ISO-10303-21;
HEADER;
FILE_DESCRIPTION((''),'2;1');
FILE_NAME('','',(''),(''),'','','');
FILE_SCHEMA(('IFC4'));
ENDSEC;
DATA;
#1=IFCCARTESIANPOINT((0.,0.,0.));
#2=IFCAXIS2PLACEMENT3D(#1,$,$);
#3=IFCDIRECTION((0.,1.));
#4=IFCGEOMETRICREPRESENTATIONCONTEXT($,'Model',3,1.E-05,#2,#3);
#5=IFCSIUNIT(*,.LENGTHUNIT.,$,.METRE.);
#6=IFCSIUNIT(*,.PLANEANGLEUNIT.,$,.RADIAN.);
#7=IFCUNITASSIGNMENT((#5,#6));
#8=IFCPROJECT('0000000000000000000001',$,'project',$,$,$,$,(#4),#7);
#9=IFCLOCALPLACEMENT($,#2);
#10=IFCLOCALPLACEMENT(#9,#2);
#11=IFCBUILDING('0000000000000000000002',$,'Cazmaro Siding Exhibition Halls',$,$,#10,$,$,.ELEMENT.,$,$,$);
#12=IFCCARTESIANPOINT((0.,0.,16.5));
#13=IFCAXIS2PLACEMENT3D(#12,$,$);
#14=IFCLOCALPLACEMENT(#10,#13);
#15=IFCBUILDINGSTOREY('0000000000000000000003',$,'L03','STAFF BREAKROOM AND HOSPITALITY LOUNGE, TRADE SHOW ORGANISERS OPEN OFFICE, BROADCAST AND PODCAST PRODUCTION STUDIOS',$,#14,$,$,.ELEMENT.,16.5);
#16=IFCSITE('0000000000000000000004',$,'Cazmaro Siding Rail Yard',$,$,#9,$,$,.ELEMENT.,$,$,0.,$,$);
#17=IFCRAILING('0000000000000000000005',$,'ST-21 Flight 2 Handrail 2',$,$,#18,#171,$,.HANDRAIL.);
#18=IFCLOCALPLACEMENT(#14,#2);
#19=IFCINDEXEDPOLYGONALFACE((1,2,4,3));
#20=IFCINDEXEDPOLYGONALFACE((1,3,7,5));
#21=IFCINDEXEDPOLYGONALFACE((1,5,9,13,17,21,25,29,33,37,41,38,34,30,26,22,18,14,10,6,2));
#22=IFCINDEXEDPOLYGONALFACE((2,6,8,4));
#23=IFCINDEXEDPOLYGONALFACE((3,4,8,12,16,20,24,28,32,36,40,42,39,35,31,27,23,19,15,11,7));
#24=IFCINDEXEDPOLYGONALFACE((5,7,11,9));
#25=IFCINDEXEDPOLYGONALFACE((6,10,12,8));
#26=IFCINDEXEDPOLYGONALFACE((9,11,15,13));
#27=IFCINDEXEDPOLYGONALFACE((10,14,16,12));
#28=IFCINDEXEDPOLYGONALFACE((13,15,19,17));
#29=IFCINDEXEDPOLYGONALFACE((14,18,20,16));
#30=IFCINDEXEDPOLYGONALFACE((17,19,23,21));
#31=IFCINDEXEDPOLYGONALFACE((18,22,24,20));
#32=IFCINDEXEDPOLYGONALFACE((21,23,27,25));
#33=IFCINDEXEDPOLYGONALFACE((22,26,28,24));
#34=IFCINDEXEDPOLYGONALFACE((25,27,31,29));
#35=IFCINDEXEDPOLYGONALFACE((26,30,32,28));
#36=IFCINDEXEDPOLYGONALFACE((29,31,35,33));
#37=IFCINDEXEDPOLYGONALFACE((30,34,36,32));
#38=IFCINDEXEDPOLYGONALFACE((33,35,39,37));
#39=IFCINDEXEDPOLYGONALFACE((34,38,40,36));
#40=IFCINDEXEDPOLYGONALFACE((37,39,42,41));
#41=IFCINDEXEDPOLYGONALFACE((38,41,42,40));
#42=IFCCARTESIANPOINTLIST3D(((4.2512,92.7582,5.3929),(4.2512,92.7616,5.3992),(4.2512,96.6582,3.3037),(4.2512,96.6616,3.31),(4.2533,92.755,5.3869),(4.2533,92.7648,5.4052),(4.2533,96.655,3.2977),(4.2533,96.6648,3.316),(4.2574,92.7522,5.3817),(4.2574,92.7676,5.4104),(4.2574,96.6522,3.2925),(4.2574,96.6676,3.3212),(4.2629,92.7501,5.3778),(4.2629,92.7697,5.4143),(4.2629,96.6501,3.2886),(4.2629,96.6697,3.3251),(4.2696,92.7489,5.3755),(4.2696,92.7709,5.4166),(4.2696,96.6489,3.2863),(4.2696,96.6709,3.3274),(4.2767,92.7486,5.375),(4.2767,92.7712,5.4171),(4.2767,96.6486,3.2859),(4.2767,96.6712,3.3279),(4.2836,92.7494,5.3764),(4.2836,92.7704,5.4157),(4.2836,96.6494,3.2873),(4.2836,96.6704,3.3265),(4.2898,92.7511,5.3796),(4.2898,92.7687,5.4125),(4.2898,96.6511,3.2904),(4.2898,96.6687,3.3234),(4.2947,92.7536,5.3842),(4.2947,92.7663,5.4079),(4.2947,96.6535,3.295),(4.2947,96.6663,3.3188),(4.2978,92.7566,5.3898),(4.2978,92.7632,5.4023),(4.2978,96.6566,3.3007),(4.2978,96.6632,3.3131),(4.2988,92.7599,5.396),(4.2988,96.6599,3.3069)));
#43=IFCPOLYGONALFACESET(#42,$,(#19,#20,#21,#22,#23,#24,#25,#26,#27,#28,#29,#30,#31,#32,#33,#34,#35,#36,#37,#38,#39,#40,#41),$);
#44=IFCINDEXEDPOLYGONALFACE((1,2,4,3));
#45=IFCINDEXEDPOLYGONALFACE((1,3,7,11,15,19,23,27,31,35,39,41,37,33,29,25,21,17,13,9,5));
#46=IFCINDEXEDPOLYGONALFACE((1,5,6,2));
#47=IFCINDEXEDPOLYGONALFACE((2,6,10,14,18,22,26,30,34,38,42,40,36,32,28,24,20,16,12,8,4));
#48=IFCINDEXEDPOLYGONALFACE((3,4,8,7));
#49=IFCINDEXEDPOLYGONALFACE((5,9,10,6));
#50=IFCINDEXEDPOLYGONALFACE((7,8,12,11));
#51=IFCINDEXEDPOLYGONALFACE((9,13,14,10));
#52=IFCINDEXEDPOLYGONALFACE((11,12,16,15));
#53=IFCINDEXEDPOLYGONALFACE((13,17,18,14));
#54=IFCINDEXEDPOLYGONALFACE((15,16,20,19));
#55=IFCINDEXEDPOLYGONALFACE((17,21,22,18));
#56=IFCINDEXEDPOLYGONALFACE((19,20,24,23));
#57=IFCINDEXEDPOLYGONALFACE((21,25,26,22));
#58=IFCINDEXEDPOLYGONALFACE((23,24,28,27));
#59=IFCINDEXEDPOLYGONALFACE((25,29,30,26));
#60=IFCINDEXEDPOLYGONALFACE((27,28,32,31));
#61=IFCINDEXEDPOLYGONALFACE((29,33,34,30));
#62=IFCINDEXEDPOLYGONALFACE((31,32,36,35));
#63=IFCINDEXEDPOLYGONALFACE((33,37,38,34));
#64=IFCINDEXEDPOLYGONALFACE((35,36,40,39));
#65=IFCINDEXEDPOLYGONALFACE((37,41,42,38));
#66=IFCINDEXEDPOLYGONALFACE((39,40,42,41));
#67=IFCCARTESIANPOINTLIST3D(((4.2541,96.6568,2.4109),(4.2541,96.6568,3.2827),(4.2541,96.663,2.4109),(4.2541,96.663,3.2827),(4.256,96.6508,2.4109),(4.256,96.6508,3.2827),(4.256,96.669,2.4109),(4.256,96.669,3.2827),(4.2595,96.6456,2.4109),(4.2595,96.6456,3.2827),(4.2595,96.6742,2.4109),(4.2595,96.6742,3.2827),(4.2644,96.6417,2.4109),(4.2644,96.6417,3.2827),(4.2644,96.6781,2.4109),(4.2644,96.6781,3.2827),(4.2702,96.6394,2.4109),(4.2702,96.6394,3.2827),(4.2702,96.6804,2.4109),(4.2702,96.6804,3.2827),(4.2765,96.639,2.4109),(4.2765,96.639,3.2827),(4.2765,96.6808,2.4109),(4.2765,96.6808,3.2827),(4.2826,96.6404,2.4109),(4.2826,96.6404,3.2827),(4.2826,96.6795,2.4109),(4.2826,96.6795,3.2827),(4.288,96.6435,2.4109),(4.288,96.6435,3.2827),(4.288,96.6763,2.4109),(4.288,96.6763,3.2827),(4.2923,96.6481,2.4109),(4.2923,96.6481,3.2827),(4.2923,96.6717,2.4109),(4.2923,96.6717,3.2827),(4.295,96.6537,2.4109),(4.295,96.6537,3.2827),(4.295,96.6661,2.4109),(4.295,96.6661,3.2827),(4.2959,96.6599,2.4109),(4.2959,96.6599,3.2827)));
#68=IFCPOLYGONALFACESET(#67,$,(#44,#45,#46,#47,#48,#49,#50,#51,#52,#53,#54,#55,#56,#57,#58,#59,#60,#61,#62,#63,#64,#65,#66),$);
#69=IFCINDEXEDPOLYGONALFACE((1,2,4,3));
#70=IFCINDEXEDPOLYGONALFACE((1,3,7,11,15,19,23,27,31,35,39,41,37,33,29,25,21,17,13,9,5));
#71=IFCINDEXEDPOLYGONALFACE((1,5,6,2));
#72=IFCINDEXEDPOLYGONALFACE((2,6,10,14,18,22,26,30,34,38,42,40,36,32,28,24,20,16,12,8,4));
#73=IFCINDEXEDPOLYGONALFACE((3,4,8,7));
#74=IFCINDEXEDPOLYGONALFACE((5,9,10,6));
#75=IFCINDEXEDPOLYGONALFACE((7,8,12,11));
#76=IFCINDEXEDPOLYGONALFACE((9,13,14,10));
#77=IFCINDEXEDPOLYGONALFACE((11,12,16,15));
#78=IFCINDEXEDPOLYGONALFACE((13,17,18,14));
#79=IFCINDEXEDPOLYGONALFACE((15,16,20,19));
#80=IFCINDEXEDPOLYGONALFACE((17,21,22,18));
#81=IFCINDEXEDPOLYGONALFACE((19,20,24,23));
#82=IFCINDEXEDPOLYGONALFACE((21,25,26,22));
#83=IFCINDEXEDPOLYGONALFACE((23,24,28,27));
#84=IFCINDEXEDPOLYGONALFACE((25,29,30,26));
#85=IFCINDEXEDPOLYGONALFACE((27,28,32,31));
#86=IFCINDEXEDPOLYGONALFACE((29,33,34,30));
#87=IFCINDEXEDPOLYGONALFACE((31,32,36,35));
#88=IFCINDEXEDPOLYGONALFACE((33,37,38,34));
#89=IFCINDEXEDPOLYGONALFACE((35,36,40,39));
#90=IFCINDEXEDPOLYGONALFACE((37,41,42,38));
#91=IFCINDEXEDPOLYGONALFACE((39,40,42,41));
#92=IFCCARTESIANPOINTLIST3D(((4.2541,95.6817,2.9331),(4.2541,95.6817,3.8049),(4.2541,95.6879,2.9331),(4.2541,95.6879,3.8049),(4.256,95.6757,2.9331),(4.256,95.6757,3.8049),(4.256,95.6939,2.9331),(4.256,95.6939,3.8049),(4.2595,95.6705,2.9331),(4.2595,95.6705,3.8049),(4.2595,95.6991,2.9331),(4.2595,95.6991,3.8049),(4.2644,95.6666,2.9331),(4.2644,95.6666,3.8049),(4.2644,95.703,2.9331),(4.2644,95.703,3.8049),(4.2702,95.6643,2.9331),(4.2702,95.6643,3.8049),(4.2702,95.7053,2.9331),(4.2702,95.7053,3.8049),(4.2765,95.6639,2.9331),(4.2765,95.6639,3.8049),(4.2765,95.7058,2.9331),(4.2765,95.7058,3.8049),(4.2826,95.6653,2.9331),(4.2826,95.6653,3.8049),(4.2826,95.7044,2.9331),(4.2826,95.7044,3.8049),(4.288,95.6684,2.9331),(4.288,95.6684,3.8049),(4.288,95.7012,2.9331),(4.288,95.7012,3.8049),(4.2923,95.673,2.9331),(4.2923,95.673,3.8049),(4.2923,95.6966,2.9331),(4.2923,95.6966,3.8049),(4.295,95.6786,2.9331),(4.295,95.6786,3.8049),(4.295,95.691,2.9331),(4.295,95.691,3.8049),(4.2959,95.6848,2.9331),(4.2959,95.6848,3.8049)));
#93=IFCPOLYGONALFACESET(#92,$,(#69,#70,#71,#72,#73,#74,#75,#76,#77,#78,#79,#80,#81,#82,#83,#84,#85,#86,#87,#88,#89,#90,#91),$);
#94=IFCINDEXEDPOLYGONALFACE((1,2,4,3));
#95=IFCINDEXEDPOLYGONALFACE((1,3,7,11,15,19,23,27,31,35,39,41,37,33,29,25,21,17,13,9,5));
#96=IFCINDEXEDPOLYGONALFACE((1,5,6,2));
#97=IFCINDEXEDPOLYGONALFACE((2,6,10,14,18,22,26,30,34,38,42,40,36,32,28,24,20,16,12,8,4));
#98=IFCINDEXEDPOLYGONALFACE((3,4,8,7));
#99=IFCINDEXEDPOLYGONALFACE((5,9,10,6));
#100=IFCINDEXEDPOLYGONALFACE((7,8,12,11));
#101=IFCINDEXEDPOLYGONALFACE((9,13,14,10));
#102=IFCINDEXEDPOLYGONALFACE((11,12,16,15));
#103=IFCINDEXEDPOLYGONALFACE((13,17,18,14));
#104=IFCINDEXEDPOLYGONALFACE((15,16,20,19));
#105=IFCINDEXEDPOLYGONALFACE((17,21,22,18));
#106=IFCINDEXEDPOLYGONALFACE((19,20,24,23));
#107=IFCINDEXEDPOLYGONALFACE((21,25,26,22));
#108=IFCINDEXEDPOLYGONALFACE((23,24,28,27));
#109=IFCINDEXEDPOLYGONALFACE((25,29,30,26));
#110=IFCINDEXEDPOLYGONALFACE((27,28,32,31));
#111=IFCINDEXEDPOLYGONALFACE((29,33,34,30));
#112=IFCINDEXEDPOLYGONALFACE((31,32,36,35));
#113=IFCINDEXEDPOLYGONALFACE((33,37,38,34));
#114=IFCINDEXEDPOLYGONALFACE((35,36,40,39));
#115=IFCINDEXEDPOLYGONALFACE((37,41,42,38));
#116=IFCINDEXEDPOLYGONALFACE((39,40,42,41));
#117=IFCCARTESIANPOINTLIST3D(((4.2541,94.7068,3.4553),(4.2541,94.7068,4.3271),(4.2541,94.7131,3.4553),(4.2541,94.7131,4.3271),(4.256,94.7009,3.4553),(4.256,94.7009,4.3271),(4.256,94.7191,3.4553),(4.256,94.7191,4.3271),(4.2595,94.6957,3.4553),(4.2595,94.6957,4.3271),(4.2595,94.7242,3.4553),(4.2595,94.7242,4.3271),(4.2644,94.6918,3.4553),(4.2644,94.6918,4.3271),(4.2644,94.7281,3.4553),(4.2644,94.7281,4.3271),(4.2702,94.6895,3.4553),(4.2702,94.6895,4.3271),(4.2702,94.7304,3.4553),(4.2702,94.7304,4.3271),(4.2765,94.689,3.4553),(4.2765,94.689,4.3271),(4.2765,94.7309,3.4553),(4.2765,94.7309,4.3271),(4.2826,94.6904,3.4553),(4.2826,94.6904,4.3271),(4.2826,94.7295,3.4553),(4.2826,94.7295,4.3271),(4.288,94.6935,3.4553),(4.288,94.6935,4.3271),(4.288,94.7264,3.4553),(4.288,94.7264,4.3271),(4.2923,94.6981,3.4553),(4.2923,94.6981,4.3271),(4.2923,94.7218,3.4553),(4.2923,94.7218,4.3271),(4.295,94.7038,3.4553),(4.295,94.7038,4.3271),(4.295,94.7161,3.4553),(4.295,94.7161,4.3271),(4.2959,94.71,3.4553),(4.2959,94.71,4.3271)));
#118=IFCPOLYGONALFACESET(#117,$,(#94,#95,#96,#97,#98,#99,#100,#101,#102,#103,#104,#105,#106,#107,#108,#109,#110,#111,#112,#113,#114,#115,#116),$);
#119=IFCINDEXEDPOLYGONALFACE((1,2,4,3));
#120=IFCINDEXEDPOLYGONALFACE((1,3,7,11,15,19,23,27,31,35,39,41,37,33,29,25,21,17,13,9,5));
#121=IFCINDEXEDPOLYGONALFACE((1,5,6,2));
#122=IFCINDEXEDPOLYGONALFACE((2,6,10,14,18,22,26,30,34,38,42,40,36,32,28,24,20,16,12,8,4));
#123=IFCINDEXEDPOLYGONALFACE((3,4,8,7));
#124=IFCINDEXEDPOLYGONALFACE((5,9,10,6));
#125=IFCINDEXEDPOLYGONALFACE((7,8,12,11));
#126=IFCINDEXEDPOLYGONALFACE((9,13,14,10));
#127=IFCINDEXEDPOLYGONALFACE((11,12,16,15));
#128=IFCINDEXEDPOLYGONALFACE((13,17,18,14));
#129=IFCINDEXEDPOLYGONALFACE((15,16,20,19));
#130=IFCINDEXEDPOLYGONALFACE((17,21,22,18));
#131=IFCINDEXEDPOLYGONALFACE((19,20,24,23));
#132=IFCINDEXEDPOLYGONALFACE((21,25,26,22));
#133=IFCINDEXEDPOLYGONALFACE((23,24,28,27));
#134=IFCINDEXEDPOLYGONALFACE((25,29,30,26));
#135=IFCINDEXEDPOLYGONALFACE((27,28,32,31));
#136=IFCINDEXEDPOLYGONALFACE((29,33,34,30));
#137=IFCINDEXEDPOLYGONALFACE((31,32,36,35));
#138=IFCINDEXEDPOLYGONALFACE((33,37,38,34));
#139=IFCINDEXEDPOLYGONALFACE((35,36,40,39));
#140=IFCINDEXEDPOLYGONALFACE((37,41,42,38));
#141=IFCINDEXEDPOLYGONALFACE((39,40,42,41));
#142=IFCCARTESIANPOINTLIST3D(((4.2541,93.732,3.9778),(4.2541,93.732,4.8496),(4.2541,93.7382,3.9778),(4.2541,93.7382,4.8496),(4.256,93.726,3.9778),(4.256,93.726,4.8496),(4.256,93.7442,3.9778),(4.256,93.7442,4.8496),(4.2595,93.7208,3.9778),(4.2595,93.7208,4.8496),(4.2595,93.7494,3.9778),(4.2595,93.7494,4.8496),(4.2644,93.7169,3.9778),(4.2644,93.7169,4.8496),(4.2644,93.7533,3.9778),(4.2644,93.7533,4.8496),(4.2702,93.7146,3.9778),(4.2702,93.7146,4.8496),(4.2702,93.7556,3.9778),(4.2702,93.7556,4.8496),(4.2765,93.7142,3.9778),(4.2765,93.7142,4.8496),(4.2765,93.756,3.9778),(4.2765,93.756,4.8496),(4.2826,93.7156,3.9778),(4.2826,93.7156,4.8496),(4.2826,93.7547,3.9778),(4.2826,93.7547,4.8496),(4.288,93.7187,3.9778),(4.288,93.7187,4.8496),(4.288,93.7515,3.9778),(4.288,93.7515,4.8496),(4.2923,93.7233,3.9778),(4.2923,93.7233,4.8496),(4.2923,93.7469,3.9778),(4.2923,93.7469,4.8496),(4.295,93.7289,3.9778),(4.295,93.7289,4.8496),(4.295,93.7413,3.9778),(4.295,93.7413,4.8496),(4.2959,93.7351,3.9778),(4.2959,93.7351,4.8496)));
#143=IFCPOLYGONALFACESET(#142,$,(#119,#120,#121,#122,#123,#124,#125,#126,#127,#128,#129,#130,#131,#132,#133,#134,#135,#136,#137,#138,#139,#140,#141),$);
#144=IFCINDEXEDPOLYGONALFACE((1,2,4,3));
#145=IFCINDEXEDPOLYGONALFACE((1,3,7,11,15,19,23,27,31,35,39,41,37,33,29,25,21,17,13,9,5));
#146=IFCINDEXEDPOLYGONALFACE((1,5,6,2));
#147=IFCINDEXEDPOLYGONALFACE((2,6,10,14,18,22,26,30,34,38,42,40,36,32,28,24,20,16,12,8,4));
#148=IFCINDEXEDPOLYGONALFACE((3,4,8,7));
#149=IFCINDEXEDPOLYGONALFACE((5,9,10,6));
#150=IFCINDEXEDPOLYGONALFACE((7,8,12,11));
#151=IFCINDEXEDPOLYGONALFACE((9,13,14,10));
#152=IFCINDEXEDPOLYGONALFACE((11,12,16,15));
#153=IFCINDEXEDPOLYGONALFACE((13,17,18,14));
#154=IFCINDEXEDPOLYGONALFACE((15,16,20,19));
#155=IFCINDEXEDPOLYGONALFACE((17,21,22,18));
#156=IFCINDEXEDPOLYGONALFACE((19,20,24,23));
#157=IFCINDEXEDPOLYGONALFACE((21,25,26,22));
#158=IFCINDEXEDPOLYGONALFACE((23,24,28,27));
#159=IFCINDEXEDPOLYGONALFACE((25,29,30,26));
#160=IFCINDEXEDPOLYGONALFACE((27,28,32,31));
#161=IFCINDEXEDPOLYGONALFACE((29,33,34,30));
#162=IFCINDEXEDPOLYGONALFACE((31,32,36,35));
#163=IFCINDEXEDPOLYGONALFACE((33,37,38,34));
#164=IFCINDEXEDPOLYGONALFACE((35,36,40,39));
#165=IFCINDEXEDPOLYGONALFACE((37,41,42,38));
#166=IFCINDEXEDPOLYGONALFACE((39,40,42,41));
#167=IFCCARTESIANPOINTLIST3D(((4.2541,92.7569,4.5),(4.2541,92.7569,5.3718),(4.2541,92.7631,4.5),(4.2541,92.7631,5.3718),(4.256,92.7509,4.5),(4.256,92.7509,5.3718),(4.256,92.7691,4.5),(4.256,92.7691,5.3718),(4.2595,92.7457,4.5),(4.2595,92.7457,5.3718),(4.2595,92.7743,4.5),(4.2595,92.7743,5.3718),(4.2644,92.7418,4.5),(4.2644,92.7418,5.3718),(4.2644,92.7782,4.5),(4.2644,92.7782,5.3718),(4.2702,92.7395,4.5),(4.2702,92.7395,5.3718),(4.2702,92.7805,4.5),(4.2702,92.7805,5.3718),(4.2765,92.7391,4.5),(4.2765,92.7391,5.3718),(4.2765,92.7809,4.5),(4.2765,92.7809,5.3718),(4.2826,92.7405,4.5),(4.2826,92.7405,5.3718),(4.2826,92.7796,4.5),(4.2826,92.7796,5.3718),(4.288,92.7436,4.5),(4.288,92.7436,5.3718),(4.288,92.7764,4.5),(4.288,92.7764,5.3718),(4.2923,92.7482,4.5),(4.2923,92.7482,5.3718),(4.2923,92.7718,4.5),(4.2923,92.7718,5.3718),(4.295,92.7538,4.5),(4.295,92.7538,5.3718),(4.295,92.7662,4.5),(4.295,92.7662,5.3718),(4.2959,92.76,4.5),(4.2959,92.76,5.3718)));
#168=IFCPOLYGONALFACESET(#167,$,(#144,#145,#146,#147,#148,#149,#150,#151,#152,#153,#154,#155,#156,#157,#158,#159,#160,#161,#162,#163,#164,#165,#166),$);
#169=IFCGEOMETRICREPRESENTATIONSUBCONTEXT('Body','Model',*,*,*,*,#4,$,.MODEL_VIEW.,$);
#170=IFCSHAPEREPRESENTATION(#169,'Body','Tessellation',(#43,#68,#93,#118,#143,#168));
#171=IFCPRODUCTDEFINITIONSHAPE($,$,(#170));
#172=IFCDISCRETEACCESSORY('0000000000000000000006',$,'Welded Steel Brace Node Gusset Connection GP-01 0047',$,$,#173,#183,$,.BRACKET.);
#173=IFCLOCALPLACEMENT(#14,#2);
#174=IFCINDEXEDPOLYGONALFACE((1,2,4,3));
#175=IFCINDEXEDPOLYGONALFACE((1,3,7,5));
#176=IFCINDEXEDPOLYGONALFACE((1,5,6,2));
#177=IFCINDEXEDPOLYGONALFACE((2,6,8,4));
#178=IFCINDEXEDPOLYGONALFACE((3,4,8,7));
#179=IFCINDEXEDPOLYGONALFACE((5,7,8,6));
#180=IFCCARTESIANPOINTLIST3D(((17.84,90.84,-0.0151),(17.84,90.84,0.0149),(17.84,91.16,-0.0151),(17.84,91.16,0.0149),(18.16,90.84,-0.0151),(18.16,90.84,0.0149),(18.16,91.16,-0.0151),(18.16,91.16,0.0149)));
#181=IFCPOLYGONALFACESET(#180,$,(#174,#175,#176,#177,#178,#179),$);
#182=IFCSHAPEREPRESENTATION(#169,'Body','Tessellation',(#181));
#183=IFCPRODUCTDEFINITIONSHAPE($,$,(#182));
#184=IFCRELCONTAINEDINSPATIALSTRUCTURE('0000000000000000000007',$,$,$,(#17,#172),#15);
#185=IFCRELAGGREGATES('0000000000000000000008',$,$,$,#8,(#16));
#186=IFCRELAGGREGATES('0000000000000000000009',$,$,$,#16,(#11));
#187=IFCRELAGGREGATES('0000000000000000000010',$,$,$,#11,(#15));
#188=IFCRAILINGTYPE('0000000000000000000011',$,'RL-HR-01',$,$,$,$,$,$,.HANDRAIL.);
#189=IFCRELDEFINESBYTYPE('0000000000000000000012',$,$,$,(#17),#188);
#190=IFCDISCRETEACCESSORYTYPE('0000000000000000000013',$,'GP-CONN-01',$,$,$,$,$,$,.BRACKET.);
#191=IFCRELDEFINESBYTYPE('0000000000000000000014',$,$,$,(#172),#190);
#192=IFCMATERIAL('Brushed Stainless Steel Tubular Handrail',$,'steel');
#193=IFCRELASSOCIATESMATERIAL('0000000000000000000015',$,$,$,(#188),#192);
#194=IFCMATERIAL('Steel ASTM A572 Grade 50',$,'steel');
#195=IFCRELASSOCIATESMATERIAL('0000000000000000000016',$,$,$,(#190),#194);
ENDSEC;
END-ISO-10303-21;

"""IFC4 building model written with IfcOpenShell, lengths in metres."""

from ifc_helpers import new_model, si_unit, direction, frame, origin, origin_2d, place, context, subcontext, project, spatial, rectangle, circle, extrude, material, type_object, element, save


model = new_model("IFC4")

# Units and contexts
model_context = context("Model", 3, precision=1e-05, world=origin(), true_north=direction((0.0, 1.0)))
body_context = subcontext(model_context, "Body", "Model", "MODEL_VIEW")
ifc_project = project(units=[si_unit("LENGTHUNIT", "METRE"), si_unit("PLANEANGLEUNIT", "RADIAN")], contexts=[model_context])

# Site, building, storey
site_placement = place(None, origin())
site = spatial("IfcSite", under=ifc_project, at=site_placement, Name="Cazmaro Siding Rail Yard", CompositionType="ELEMENT", RefElevation=0.0)
building_placement = place(site_placement, origin())
building = spatial("IfcBuilding", under=site, at=building_placement, Name="Cazmaro Siding Exhibition Halls", CompositionType="ELEMENT")
storey_placement = place(building_placement, frame((0.0, 0.0, 16.5)))
storey = spatial("IfcBuildingStorey", under=building, at=storey_placement, Name="L03", Description="STAFF BREAKROOM AND HOSPITALITY LOUNGE, TRADE SHOW ORGANISERS OPEN OFFICE, BROADCAST AND PODCAST PRODUCTION STUDIOS", CompositionType="ELEMENT", Elevation=16.5)

# Railing
ifc_material_1 = material(Name="Brushed Stainless Steel Tubular Handrail", Category="steel")
railing_type = type_object("IfcRailingType", Name="RL-HR-01", PredefinedType="HANDRAIL", material=ifc_material_1)
railing_placement = place(storey_placement, frame((4.2749, 96.6599, 2.4109)))
element("IfcRailing", 1, at=railing_placement, inside=storey, type_object=railing_type, Name="ST-21 Flight 2 Handrail 2", PredefinedType="HANDRAIL", context=body_context, shape_type="SweptSolid", body=[
    extrude(circle(Radius=0.0239, at=origin_2d()), frame((0.0, 0.0, 0.896), z_axis=(0.0, -0.881491, 0.4722), x_axis=(1.0, 0.0, 0.0)), (0.0, 0.0, 1.0), 4.4243),
    extrude(circle(Radius=0.021, at=origin_2d()), origin(), (0.0, 0.0, 1.0), 0.8718),
    extrude(circle(Radius=0.021, at=origin_2d()), frame((0.0, -0.9751, 0.5222)), (0.0, 0.0, 1.0), 0.8718),
    extrude(circle(Radius=0.021, at=origin_2d()), frame((0.0, -1.95, 1.0444)), (0.0, 0.0, 1.0), 0.8718),
    extrude(circle(Radius=0.021, at=origin_2d()), frame((0.0, -2.9248, 1.5669)), (0.0, 0.0, 1.0), 0.8718),
    extrude(circle(Radius=0.021, at=origin_2d()), frame((0.0, -3.8999, 2.0891)), (0.0, 0.0, 1.0), 0.8718),
])

# Discrete accessory
ifc_material_2 = material(Name="Steel ASTM A572 Grade 50", Category="steel")
discrete_accessory_type = type_object("IfcDiscreteAccessoryType", Name="GP-CONN-01", PredefinedType="BRACKET", material=ifc_material_2)
discrete_accessory_placement = place(storey_placement, frame((18.0, 91.0, -0.0151), z_axis=(0.0, 0.0, 1.0), x_axis=(1.0, 0.0, 0.0)))
element("IfcDiscreteAccessory", 2, at=discrete_accessory_placement, inside=storey, type_object=discrete_accessory_type, Name="Welded Steel Brace Node Gusset Connection GP-01 0047", PredefinedType="BRACKET", context=body_context, shape_type="SweptSolid", body=[
    extrude(rectangle(XDim=0.3201, YDim=0.3201, at=origin_2d()), origin(), (0.0, 0.0, 1.0), 0.03),
])

save(model, "model.ifc")
